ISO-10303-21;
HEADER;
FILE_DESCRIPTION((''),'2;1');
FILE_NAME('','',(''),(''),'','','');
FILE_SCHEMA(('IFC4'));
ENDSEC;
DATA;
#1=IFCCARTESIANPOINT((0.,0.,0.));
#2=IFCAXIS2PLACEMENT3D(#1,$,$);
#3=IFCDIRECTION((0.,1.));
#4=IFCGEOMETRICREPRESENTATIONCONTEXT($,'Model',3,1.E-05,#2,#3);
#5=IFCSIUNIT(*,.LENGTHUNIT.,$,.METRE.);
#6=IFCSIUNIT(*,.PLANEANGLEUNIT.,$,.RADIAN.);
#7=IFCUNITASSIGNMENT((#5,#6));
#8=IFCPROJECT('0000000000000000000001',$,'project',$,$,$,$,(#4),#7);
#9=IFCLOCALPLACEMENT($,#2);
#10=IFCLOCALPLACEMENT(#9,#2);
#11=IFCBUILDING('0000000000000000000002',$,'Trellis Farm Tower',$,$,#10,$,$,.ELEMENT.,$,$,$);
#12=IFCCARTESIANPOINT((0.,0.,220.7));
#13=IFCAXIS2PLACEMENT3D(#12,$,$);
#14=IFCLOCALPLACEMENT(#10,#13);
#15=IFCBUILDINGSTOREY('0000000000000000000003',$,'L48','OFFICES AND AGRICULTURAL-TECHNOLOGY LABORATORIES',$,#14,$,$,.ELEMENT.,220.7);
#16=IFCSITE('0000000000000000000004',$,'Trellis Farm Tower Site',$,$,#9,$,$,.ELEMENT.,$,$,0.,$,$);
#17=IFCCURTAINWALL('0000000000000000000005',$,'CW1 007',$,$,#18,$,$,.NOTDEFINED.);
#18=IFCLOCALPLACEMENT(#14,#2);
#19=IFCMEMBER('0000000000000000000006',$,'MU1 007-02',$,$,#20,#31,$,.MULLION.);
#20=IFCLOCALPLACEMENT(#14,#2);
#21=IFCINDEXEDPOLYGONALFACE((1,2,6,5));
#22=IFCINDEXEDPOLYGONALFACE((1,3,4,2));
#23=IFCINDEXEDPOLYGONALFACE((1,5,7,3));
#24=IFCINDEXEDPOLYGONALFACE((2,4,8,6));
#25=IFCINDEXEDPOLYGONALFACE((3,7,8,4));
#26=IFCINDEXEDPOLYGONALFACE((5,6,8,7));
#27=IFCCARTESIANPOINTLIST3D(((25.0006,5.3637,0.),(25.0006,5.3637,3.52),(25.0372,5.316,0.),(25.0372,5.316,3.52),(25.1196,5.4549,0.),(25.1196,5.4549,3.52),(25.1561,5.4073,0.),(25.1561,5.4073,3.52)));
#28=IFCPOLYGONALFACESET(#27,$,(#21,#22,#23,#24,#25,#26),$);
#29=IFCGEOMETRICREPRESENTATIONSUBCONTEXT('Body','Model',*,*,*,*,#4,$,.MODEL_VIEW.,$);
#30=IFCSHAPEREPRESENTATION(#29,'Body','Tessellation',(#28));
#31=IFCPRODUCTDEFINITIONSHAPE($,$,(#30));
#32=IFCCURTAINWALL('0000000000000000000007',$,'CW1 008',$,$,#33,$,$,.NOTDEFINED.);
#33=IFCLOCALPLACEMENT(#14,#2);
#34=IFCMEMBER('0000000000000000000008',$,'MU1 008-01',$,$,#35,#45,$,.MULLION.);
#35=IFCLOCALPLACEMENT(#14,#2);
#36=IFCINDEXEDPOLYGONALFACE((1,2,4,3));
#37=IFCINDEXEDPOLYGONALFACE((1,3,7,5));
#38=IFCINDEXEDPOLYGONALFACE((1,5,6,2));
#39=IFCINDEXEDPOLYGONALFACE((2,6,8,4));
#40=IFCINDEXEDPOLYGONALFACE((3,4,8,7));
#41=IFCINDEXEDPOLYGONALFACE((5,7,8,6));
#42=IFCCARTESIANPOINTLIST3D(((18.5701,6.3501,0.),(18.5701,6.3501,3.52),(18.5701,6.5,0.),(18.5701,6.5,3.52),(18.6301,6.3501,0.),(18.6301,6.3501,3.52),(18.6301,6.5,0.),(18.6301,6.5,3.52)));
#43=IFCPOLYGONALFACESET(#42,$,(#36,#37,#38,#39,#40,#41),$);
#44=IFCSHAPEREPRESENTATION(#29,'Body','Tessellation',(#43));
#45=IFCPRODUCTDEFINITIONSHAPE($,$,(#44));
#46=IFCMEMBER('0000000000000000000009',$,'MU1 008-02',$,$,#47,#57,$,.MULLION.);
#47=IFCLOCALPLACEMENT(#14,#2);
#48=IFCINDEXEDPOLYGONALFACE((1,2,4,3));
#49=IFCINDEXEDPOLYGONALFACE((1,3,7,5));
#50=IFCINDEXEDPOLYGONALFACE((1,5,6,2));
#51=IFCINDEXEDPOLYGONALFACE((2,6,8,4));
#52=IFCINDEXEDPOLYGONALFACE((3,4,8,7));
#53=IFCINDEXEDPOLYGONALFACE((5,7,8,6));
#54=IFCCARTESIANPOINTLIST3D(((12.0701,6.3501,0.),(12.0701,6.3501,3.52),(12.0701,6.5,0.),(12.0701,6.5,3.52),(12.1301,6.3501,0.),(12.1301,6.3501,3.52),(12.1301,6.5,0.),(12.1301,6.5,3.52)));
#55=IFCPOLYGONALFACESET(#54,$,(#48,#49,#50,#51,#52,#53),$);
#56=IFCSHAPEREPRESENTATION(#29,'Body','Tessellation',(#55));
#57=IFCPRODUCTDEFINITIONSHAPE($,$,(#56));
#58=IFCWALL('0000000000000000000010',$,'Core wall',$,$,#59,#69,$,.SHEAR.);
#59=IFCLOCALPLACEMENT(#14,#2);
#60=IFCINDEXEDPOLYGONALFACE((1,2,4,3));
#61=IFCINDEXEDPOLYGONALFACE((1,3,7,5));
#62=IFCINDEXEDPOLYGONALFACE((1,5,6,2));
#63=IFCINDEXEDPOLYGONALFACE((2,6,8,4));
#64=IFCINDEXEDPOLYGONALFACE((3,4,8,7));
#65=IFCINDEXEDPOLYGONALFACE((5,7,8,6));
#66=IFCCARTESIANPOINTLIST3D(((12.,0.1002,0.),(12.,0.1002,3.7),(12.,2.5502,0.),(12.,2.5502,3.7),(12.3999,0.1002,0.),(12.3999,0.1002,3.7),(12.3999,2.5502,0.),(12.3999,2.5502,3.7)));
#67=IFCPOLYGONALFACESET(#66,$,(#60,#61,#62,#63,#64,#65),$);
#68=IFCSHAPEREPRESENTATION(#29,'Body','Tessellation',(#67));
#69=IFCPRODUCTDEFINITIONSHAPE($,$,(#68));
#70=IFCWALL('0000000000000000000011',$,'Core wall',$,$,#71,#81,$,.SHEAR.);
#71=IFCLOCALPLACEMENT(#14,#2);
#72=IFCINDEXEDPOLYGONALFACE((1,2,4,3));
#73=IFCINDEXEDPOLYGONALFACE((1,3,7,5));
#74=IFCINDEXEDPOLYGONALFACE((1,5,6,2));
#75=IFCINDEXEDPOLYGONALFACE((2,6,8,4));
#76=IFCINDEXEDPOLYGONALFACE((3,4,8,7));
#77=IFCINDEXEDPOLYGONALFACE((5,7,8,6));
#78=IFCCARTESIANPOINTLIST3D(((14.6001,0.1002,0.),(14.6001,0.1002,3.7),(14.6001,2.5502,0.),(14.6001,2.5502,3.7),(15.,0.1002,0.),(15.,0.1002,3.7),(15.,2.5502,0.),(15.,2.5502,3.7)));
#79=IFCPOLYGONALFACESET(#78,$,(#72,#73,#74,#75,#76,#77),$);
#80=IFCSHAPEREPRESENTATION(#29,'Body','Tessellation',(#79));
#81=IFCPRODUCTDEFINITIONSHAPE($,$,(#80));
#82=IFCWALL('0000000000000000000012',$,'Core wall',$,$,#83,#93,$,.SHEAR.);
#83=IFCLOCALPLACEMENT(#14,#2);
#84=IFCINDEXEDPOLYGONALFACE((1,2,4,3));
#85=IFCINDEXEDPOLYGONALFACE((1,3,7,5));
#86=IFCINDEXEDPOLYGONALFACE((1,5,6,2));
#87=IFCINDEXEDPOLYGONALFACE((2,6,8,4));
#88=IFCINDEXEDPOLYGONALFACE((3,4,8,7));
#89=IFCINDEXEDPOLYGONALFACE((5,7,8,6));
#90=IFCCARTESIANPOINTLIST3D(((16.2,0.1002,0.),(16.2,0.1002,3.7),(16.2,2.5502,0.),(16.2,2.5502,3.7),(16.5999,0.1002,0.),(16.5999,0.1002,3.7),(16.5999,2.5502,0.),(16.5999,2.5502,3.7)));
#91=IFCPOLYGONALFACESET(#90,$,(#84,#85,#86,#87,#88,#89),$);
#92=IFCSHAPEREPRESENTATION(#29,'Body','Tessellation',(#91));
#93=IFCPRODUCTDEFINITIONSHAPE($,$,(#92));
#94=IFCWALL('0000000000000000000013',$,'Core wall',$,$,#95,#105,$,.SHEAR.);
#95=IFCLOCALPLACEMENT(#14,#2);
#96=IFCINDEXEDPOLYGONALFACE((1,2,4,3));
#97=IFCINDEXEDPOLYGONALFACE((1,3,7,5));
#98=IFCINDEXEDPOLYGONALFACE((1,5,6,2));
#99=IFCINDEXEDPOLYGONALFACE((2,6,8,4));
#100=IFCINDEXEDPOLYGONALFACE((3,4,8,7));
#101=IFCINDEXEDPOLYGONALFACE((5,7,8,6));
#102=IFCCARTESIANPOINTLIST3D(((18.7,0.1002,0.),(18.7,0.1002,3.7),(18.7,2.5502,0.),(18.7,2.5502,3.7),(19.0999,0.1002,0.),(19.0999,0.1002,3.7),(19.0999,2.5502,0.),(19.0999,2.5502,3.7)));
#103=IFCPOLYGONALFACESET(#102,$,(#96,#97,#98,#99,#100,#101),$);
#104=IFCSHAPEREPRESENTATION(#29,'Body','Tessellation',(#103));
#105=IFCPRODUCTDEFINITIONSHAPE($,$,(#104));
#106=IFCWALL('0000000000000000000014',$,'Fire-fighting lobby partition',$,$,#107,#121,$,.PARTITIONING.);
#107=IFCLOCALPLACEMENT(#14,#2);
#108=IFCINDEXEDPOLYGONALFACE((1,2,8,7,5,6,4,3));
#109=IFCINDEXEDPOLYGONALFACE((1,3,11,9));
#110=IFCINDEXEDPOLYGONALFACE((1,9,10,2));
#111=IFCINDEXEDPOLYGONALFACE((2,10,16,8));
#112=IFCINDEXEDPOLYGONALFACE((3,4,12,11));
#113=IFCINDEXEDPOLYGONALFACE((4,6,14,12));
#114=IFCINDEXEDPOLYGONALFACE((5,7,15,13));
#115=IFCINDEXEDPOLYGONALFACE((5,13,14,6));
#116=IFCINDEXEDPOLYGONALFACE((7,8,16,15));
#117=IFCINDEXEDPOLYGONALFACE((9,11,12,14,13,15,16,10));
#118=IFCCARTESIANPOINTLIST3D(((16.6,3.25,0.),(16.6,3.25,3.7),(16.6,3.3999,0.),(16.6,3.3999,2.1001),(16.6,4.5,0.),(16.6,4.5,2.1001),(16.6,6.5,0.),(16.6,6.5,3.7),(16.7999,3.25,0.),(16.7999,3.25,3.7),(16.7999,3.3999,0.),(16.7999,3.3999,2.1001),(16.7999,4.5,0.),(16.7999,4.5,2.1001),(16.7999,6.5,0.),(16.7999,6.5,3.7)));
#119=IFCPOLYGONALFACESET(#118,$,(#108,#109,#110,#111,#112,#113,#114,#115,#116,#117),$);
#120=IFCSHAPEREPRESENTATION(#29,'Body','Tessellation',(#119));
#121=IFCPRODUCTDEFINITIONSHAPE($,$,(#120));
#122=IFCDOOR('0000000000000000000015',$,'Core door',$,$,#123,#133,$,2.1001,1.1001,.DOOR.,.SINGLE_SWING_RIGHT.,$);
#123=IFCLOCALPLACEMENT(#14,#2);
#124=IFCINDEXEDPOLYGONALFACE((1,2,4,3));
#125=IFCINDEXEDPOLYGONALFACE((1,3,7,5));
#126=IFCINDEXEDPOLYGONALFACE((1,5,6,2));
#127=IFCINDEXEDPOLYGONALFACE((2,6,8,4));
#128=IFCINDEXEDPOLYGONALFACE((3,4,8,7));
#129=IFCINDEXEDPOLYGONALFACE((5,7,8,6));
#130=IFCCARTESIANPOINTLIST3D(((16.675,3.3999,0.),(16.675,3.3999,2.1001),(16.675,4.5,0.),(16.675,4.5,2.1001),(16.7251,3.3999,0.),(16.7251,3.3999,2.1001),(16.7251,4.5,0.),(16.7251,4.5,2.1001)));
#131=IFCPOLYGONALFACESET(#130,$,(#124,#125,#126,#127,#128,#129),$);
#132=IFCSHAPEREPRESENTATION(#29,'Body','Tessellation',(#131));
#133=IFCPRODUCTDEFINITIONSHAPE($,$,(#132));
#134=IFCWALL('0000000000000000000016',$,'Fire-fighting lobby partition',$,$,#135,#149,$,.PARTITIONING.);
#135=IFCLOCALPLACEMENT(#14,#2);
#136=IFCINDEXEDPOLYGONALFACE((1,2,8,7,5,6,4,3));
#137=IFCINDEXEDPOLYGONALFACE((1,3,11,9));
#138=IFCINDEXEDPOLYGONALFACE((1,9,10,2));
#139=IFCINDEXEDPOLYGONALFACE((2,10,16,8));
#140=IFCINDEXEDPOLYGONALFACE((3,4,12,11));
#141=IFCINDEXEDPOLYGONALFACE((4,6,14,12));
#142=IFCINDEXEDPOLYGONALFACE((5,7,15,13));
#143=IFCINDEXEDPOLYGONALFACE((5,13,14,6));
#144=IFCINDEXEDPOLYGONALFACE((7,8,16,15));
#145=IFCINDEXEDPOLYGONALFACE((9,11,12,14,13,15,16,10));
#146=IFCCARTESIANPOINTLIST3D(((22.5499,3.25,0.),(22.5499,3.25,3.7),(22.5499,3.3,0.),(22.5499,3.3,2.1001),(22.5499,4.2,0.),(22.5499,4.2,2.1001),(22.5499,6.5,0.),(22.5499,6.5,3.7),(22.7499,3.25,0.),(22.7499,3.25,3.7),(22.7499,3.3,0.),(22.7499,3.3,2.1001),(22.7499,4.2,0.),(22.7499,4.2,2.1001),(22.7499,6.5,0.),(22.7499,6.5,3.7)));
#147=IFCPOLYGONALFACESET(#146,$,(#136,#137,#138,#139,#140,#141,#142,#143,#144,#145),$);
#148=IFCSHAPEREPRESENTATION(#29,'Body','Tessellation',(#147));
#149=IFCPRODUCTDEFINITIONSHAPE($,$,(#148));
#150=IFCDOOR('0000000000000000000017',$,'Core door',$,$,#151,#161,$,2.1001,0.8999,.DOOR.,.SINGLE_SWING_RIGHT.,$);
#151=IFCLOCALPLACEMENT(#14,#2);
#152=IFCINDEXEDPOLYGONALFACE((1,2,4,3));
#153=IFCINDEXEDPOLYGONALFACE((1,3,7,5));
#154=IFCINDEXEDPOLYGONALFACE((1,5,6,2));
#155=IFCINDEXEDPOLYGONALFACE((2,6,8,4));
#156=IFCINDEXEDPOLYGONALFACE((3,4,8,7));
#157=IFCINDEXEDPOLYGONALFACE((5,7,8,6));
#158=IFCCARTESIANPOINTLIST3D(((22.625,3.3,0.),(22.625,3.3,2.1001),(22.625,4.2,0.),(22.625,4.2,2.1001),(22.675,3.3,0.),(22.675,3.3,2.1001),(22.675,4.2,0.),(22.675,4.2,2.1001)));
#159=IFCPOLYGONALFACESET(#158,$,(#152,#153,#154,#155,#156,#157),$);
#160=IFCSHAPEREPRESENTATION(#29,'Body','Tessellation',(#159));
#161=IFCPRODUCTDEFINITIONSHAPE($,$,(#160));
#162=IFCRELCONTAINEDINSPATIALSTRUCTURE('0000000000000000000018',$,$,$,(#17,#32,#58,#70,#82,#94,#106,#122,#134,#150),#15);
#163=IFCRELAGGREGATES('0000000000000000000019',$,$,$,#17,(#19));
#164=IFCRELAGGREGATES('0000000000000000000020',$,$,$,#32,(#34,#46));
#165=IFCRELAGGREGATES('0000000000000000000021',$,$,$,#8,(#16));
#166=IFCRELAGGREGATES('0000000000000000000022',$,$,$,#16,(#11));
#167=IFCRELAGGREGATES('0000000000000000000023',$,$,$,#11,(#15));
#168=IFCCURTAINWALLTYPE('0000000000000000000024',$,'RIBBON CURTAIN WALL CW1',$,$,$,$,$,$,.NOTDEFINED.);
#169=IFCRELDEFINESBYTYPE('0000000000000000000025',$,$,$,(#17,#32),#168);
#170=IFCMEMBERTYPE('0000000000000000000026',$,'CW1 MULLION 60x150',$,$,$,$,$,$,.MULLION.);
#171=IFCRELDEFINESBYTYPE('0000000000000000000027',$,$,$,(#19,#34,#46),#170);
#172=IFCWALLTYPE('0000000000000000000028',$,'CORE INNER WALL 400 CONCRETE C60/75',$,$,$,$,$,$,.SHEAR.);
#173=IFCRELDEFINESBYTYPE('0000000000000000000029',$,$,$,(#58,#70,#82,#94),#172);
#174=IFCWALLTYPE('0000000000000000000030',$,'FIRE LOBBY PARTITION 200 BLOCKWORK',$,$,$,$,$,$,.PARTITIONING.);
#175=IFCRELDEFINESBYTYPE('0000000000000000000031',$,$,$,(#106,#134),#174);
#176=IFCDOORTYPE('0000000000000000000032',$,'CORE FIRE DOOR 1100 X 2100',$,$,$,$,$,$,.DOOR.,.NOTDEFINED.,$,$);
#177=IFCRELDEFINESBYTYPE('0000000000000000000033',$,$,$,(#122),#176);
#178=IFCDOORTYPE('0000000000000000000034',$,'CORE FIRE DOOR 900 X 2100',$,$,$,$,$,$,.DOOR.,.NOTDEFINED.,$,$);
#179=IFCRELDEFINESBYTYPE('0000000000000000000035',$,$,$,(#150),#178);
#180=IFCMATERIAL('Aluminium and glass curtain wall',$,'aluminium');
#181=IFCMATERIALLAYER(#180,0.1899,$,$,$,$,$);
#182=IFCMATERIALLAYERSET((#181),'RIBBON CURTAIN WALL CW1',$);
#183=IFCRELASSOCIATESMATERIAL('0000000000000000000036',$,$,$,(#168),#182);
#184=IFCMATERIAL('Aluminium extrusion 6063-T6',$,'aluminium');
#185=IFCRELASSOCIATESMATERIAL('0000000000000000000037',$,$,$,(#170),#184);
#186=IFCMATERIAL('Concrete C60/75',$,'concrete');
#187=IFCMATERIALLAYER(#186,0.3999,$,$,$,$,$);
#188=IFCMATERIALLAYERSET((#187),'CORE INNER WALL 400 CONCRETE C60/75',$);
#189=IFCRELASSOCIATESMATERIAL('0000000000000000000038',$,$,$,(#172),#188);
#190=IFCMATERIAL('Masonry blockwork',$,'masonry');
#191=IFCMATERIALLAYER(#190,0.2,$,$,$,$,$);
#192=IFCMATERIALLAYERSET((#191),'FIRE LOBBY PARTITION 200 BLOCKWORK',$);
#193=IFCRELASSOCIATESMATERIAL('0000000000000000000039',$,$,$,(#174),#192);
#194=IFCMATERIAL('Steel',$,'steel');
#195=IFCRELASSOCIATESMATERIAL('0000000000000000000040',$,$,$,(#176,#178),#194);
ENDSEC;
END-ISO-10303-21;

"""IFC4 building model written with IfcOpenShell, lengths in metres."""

from ifc_helpers import new_model, si_unit, direction, frame, frame_2d, origin, origin_2d, place, context, subcontext, project, spatial, rectangle, extrude, source, transform, mapped, material, layer, layer_set, material_profile, profile_set, type_object, element, fill, aggregate, save


model = new_model("IFC4")

# Units and contexts
model_context = context("Model", 3, precision=1e-05, world=origin(), true_north=direction((0.0, 1.0)))
body_context = subcontext(model_context, "Body", "Model", "MODEL_VIEW")
ifc_project = project(units=[si_unit("LENGTHUNIT", "METRE"), si_unit("PLANEANGLEUNIT", "RADIAN")], contexts=[model_context])

# Site, building, storey
site_placement = place(None, origin())
site = spatial("IfcSite", under=ifc_project, at=site_placement, Name="Trellis Farm Tower Site", CompositionType="ELEMENT", RefElevation=0.0)
building_placement = place(site_placement, origin())
building = spatial("IfcBuilding", under=site, at=building_placement, Name="Trellis Farm Tower", CompositionType="ELEMENT")
storey_placement = place(building_placement, frame((0.0, 0.0, 220.7)))
storey = spatial("IfcBuildingStorey", under=building, at=storey_placement, Name="L48", Description="OFFICES AND AGRICULTURAL-TECHNOLOGY LABORATORIES", CompositionType="ELEMENT", Elevation=220.7)

# Shared definitions
ifc_material_1 = material(Name="Concrete C60/75", Category="concrete")

# Curtain walls, members
ifc_material_2 = material(Name="Aluminium and glass curtain wall", Category="aluminium")
ifc_layer_1 = layer(ifc_material_2, 0.1899)
ifc_layer_set_1 = layer_set([ifc_layer_1], Name="RIBBON CURTAIN WALL CW1")
curtain_wall_type = type_object("IfcCurtainWallType", Name="RIBBON CURTAIN WALL CW1", PredefinedType="NOTDEFINED", material=ifc_layer_set_1)
placement = place(storey_placement, origin())
curtain_wall_1 = element("IfcCurtainWall", 1, at=placement, inside=storey, type_object=curtain_wall_type, Name="CW1 007", PredefinedType="NOTDEFINED")
ifc_material_3 = material(Name="Aluminium extrusion 6063-T6", Category="aluminium")
ifc_material_profile_1 = material_profile(ifc_material_3, rectangle(XDim=0.0601, YDim=0.1499, at=origin_2d()), Name="MULLION 60x150")
ifc_profile_set_1 = profile_set([ifc_material_profile_1], Name="Aluminium extrusion 6063-T6")
member_type = type_object("IfcMemberType", Name="CW1 MULLION 60x150", PredefinedType="MULLION", material=ifc_profile_set_1)
shared_shape_1 = source(origin(), body_context, "Body", "SweptSolid", [
    extrude(rectangle(XDim=0.0601, YDim=0.1499, at=origin_2d()), origin(), (0.0, 0.0, 1.0), 3.52),
])
member_1_placement = place(storey_placement, frame((25.0784, 5.3855, 0.0), z_axis=(0.0, 0.0, 1.0), x_axis=(-0.608761, 0.793353, 0.0)))
member_1 = element("IfcMember", 2, at=member_1_placement, type_object=member_type, Name="MU1 007-02", PredefinedType="MULLION", context=body_context, shape_type="MappedRepresentation", body=[
    mapped(shared_shape_1, transform((0.0, 0.0, 0.0))),
])
aggregate(curtain_wall_1, [member_1])
curtain_wall_2 = element("IfcCurtainWall", 3, at=placement, inside=storey, type_object=curtain_wall_type, Name="CW1 008", PredefinedType="NOTDEFINED")
member_2_placement = place(storey_placement, frame((18.6001, 6.425, 0.0), z_axis=(0.0, 0.0, 1.0), x_axis=(-1.0, 0.0, 0.0)))
member_2 = element("IfcMember", 4, at=member_2_placement, type_object=member_type, Name="MU1 008-01", PredefinedType="MULLION", context=body_context, shape_type="MappedRepresentation", body=[
    mapped(shared_shape_1, transform((0.0, 0.0, 0.0))),
])
member_3_placement = place(storey_placement, frame((12.1001, 6.425, 0.0), z_axis=(0.0, 0.0, 1.0), x_axis=(-1.0, 0.0, 0.0)))
member_3 = element("IfcMember", 5, at=member_3_placement, type_object=member_type, Name="MU1 008-02", PredefinedType="MULLION", context=body_context, shape_type="MappedRepresentation", body=[
    mapped(shared_shape_1, transform((0.0, 0.0, 0.0))),
])
aggregate(curtain_wall_2, [member_2, member_3])

# Walls
ifc_layer_2 = layer(ifc_material_1, 0.3999)
ifc_layer_set_2 = layer_set([ifc_layer_2], Name="CORE INNER WALL 400 CONCRETE C60/75")
wall_type_1 = type_object("IfcWallType", Name="CORE INNER WALL 400 CONCRETE C60/75", PredefinedType="SHEAR", material=ifc_layer_set_2)
shared_shape_2 = source(origin(), body_context, "Body", "SweptSolid", [
    extrude(rectangle(XDim=2.45, YDim=0.3999, at=frame_2d((1.2251, 0.0))), origin(), (0.0, 0.0, 1.0), 3.7),
])
for number, where, z_axis, x_axis, name in (
    (6, (12.2, 0.1001, 0.0), (0.0, 0.0, 1.0), (0.0, 1.0, 0.0), "Core wall"),
    (7, (14.8, 0.1001, 0.0), (0.0, 0.0, 1.0), (0.0, 1.0, 0.0), "Core wall"),
    (8, (16.3999, 0.1001, 0.0), (0.0, 0.0, 1.0), (0.0, 1.0, 0.0), "Core wall"),
    (9, (18.8999, 0.1001, 0.0), (0.0, 0.0, 1.0), (0.0, 1.0, 0.0), "Core wall"),
):
    element("IfcWall", number, at=place(storey_placement, frame(where, z_axis=z_axis, x_axis=x_axis)), inside=storey, type_object=wall_type_1, Name=name, PredefinedType="SHEAR", context=body_context, shape_type="MappedRepresentation", body=[
        mapped(shared_shape_2, transform((0.0, 0.0, 0.0))),
    ])

# Walls, openings, doors
ifc_material_4 = material(Name="Masonry blockwork", Category="masonry")
ifc_layer_3 = layer(ifc_material_4, 0.2)
ifc_layer_set_3 = layer_set([ifc_layer_3], Name="FIRE LOBBY PARTITION 200 BLOCKWORK")
wall_type_2 = type_object("IfcWallType", Name="FIRE LOBBY PARTITION 200 BLOCKWORK", PredefinedType="PARTITIONING", material=ifc_layer_set_3)
shared_shape_3 = source(origin(), body_context, "Body", "SweptSolid", [
    extrude(rectangle(XDim=3.25, YDim=0.2, at=frame_2d((1.625, 0.0))), origin(), (0.0, 0.0, 1.0), 3.7),
])
wall_1_placement = place(storey_placement, frame((16.7, 3.25, 0.0), z_axis=(0.0, 0.0, 1.0), x_axis=(0.0, 1.0, 0.0)))
wall_1 = element("IfcWall", 10, at=wall_1_placement, inside=storey, type_object=wall_type_2, Name="Fire-fighting lobby partition", PredefinedType="PARTITIONING", context=body_context, shape_type="MappedRepresentation", body=[
    mapped(shared_shape_3, transform((0.0, 0.0, 0.0))),
])
shared_shape_4 = source(origin(), body_context, "Body", "SweptSolid", [
    extrude(rectangle(XDim=1.1001, YDim=2.1001, at=frame_2d((0.55, 1.05))), frame((0.0, 0.1101, 0.0), z_axis=(0.0, -1.0, 0.0), x_axis=(1.0, 0.0, 0.0)), (0.0, 0.0, 1.0), 0.2202),
])
opening_1_placement = place(wall_1_placement, frame((0.1499, 0.0, 0.0)))
opening_1 = element("IfcOpeningElement", 11, at=opening_1_placement, cuts=wall_1, PredefinedType="OPENING", context=body_context, shape_type="MappedRepresentation", body=[
    mapped(shared_shape_4, transform((0.0, 0.0, 0.0))),
])
ifc_material_5 = material(Name="Steel", Category="steel")
door_type_1 = type_object("IfcDoorType", Name="CORE FIRE DOOR 1100 X 2100", OperationType="NOTDEFINED", PredefinedType="DOOR", material=ifc_material_5)
shared_shape_5 = source(origin(), body_context, "Body", "SweptSolid", [
    extrude(rectangle(XDim=1.1001, YDim=2.1001, at=frame_2d((0.55, 1.05))), frame((0.0, 0.0249, 0.0), z_axis=(0.0, -1.0, 0.0), x_axis=(1.0, 0.0, 0.0)), (0.0, 0.0, 1.0), 0.05),
])
door_1_placement = place(opening_1_placement, origin())
door_1 = element("IfcDoor", 12, at=door_1_placement, inside=storey, type_object=door_type_1, Name="Core door", OperationType="SINGLE_SWING_RIGHT", OverallHeight=2.1001, OverallWidth=1.1001, PredefinedType="DOOR", context=body_context, shape_type="MappedRepresentation", body=[
    mapped(shared_shape_5, transform((0.0, 0.0, 0.0))),
])
fill(opening_1, door_1)
wall_2_placement = place(storey_placement, frame((22.6499, 3.25, 0.0), z_axis=(0.0, 0.0, 1.0), x_axis=(0.0, 1.0, 0.0)))
wall_2 = element("IfcWall", 13, at=wall_2_placement, inside=storey, type_object=wall_type_2, Name="Fire-fighting lobby partition", PredefinedType="PARTITIONING", context=body_context, shape_type="MappedRepresentation", body=[
    mapped(shared_shape_3, transform((0.0, 0.0, 0.0))),
])
shared_shape_6 = source(origin(), body_context, "Body", "SweptSolid", [
    extrude(rectangle(XDim=0.8999, YDim=2.1001, at=frame_2d((0.45, 1.05))), frame((0.0, 0.1101, 0.0), z_axis=(0.0, -1.0, 0.0), x_axis=(1.0, 0.0, 0.0)), (0.0, 0.0, 1.0), 0.2202),
])
opening_2_placement = place(wall_2_placement, frame((0.05, 0.0, 0.0)))
opening_2 = element("IfcOpeningElement", 14, at=opening_2_placement, cuts=wall_2, PredefinedType="OPENING", context=body_context, shape_type="MappedRepresentation", body=[
    mapped(shared_shape_6, transform((0.0, 0.0, 0.0))),
])
door_type_2 = type_object("IfcDoorType", Name="CORE FIRE DOOR 900 X 2100", OperationType="NOTDEFINED", PredefinedType="DOOR", material=ifc_material_5)
shared_shape_7 = source(origin(), body_context, "Body", "SweptSolid", [
    extrude(rectangle(XDim=0.8999, YDim=2.1001, at=frame_2d((0.45, 1.05))), frame((0.0, 0.0249, 0.0), z_axis=(0.0, -1.0, 0.0), x_axis=(1.0, 0.0, 0.0)), (0.0, 0.0, 1.0), 0.05),
])
door_2_placement = place(opening_2_placement, origin())
door_2 = element("IfcDoor", 15, at=door_2_placement, inside=storey, type_object=door_type_2, Name="Core door", OperationType="SINGLE_SWING_RIGHT", OverallHeight=2.1001, OverallWidth=0.8999, PredefinedType="DOOR", context=body_context, shape_type="MappedRepresentation", body=[
    mapped(shared_shape_7, transform((0.0, 0.0, 0.0))),
])
fill(opening_2, door_2)

save(model, "model.ifc")
